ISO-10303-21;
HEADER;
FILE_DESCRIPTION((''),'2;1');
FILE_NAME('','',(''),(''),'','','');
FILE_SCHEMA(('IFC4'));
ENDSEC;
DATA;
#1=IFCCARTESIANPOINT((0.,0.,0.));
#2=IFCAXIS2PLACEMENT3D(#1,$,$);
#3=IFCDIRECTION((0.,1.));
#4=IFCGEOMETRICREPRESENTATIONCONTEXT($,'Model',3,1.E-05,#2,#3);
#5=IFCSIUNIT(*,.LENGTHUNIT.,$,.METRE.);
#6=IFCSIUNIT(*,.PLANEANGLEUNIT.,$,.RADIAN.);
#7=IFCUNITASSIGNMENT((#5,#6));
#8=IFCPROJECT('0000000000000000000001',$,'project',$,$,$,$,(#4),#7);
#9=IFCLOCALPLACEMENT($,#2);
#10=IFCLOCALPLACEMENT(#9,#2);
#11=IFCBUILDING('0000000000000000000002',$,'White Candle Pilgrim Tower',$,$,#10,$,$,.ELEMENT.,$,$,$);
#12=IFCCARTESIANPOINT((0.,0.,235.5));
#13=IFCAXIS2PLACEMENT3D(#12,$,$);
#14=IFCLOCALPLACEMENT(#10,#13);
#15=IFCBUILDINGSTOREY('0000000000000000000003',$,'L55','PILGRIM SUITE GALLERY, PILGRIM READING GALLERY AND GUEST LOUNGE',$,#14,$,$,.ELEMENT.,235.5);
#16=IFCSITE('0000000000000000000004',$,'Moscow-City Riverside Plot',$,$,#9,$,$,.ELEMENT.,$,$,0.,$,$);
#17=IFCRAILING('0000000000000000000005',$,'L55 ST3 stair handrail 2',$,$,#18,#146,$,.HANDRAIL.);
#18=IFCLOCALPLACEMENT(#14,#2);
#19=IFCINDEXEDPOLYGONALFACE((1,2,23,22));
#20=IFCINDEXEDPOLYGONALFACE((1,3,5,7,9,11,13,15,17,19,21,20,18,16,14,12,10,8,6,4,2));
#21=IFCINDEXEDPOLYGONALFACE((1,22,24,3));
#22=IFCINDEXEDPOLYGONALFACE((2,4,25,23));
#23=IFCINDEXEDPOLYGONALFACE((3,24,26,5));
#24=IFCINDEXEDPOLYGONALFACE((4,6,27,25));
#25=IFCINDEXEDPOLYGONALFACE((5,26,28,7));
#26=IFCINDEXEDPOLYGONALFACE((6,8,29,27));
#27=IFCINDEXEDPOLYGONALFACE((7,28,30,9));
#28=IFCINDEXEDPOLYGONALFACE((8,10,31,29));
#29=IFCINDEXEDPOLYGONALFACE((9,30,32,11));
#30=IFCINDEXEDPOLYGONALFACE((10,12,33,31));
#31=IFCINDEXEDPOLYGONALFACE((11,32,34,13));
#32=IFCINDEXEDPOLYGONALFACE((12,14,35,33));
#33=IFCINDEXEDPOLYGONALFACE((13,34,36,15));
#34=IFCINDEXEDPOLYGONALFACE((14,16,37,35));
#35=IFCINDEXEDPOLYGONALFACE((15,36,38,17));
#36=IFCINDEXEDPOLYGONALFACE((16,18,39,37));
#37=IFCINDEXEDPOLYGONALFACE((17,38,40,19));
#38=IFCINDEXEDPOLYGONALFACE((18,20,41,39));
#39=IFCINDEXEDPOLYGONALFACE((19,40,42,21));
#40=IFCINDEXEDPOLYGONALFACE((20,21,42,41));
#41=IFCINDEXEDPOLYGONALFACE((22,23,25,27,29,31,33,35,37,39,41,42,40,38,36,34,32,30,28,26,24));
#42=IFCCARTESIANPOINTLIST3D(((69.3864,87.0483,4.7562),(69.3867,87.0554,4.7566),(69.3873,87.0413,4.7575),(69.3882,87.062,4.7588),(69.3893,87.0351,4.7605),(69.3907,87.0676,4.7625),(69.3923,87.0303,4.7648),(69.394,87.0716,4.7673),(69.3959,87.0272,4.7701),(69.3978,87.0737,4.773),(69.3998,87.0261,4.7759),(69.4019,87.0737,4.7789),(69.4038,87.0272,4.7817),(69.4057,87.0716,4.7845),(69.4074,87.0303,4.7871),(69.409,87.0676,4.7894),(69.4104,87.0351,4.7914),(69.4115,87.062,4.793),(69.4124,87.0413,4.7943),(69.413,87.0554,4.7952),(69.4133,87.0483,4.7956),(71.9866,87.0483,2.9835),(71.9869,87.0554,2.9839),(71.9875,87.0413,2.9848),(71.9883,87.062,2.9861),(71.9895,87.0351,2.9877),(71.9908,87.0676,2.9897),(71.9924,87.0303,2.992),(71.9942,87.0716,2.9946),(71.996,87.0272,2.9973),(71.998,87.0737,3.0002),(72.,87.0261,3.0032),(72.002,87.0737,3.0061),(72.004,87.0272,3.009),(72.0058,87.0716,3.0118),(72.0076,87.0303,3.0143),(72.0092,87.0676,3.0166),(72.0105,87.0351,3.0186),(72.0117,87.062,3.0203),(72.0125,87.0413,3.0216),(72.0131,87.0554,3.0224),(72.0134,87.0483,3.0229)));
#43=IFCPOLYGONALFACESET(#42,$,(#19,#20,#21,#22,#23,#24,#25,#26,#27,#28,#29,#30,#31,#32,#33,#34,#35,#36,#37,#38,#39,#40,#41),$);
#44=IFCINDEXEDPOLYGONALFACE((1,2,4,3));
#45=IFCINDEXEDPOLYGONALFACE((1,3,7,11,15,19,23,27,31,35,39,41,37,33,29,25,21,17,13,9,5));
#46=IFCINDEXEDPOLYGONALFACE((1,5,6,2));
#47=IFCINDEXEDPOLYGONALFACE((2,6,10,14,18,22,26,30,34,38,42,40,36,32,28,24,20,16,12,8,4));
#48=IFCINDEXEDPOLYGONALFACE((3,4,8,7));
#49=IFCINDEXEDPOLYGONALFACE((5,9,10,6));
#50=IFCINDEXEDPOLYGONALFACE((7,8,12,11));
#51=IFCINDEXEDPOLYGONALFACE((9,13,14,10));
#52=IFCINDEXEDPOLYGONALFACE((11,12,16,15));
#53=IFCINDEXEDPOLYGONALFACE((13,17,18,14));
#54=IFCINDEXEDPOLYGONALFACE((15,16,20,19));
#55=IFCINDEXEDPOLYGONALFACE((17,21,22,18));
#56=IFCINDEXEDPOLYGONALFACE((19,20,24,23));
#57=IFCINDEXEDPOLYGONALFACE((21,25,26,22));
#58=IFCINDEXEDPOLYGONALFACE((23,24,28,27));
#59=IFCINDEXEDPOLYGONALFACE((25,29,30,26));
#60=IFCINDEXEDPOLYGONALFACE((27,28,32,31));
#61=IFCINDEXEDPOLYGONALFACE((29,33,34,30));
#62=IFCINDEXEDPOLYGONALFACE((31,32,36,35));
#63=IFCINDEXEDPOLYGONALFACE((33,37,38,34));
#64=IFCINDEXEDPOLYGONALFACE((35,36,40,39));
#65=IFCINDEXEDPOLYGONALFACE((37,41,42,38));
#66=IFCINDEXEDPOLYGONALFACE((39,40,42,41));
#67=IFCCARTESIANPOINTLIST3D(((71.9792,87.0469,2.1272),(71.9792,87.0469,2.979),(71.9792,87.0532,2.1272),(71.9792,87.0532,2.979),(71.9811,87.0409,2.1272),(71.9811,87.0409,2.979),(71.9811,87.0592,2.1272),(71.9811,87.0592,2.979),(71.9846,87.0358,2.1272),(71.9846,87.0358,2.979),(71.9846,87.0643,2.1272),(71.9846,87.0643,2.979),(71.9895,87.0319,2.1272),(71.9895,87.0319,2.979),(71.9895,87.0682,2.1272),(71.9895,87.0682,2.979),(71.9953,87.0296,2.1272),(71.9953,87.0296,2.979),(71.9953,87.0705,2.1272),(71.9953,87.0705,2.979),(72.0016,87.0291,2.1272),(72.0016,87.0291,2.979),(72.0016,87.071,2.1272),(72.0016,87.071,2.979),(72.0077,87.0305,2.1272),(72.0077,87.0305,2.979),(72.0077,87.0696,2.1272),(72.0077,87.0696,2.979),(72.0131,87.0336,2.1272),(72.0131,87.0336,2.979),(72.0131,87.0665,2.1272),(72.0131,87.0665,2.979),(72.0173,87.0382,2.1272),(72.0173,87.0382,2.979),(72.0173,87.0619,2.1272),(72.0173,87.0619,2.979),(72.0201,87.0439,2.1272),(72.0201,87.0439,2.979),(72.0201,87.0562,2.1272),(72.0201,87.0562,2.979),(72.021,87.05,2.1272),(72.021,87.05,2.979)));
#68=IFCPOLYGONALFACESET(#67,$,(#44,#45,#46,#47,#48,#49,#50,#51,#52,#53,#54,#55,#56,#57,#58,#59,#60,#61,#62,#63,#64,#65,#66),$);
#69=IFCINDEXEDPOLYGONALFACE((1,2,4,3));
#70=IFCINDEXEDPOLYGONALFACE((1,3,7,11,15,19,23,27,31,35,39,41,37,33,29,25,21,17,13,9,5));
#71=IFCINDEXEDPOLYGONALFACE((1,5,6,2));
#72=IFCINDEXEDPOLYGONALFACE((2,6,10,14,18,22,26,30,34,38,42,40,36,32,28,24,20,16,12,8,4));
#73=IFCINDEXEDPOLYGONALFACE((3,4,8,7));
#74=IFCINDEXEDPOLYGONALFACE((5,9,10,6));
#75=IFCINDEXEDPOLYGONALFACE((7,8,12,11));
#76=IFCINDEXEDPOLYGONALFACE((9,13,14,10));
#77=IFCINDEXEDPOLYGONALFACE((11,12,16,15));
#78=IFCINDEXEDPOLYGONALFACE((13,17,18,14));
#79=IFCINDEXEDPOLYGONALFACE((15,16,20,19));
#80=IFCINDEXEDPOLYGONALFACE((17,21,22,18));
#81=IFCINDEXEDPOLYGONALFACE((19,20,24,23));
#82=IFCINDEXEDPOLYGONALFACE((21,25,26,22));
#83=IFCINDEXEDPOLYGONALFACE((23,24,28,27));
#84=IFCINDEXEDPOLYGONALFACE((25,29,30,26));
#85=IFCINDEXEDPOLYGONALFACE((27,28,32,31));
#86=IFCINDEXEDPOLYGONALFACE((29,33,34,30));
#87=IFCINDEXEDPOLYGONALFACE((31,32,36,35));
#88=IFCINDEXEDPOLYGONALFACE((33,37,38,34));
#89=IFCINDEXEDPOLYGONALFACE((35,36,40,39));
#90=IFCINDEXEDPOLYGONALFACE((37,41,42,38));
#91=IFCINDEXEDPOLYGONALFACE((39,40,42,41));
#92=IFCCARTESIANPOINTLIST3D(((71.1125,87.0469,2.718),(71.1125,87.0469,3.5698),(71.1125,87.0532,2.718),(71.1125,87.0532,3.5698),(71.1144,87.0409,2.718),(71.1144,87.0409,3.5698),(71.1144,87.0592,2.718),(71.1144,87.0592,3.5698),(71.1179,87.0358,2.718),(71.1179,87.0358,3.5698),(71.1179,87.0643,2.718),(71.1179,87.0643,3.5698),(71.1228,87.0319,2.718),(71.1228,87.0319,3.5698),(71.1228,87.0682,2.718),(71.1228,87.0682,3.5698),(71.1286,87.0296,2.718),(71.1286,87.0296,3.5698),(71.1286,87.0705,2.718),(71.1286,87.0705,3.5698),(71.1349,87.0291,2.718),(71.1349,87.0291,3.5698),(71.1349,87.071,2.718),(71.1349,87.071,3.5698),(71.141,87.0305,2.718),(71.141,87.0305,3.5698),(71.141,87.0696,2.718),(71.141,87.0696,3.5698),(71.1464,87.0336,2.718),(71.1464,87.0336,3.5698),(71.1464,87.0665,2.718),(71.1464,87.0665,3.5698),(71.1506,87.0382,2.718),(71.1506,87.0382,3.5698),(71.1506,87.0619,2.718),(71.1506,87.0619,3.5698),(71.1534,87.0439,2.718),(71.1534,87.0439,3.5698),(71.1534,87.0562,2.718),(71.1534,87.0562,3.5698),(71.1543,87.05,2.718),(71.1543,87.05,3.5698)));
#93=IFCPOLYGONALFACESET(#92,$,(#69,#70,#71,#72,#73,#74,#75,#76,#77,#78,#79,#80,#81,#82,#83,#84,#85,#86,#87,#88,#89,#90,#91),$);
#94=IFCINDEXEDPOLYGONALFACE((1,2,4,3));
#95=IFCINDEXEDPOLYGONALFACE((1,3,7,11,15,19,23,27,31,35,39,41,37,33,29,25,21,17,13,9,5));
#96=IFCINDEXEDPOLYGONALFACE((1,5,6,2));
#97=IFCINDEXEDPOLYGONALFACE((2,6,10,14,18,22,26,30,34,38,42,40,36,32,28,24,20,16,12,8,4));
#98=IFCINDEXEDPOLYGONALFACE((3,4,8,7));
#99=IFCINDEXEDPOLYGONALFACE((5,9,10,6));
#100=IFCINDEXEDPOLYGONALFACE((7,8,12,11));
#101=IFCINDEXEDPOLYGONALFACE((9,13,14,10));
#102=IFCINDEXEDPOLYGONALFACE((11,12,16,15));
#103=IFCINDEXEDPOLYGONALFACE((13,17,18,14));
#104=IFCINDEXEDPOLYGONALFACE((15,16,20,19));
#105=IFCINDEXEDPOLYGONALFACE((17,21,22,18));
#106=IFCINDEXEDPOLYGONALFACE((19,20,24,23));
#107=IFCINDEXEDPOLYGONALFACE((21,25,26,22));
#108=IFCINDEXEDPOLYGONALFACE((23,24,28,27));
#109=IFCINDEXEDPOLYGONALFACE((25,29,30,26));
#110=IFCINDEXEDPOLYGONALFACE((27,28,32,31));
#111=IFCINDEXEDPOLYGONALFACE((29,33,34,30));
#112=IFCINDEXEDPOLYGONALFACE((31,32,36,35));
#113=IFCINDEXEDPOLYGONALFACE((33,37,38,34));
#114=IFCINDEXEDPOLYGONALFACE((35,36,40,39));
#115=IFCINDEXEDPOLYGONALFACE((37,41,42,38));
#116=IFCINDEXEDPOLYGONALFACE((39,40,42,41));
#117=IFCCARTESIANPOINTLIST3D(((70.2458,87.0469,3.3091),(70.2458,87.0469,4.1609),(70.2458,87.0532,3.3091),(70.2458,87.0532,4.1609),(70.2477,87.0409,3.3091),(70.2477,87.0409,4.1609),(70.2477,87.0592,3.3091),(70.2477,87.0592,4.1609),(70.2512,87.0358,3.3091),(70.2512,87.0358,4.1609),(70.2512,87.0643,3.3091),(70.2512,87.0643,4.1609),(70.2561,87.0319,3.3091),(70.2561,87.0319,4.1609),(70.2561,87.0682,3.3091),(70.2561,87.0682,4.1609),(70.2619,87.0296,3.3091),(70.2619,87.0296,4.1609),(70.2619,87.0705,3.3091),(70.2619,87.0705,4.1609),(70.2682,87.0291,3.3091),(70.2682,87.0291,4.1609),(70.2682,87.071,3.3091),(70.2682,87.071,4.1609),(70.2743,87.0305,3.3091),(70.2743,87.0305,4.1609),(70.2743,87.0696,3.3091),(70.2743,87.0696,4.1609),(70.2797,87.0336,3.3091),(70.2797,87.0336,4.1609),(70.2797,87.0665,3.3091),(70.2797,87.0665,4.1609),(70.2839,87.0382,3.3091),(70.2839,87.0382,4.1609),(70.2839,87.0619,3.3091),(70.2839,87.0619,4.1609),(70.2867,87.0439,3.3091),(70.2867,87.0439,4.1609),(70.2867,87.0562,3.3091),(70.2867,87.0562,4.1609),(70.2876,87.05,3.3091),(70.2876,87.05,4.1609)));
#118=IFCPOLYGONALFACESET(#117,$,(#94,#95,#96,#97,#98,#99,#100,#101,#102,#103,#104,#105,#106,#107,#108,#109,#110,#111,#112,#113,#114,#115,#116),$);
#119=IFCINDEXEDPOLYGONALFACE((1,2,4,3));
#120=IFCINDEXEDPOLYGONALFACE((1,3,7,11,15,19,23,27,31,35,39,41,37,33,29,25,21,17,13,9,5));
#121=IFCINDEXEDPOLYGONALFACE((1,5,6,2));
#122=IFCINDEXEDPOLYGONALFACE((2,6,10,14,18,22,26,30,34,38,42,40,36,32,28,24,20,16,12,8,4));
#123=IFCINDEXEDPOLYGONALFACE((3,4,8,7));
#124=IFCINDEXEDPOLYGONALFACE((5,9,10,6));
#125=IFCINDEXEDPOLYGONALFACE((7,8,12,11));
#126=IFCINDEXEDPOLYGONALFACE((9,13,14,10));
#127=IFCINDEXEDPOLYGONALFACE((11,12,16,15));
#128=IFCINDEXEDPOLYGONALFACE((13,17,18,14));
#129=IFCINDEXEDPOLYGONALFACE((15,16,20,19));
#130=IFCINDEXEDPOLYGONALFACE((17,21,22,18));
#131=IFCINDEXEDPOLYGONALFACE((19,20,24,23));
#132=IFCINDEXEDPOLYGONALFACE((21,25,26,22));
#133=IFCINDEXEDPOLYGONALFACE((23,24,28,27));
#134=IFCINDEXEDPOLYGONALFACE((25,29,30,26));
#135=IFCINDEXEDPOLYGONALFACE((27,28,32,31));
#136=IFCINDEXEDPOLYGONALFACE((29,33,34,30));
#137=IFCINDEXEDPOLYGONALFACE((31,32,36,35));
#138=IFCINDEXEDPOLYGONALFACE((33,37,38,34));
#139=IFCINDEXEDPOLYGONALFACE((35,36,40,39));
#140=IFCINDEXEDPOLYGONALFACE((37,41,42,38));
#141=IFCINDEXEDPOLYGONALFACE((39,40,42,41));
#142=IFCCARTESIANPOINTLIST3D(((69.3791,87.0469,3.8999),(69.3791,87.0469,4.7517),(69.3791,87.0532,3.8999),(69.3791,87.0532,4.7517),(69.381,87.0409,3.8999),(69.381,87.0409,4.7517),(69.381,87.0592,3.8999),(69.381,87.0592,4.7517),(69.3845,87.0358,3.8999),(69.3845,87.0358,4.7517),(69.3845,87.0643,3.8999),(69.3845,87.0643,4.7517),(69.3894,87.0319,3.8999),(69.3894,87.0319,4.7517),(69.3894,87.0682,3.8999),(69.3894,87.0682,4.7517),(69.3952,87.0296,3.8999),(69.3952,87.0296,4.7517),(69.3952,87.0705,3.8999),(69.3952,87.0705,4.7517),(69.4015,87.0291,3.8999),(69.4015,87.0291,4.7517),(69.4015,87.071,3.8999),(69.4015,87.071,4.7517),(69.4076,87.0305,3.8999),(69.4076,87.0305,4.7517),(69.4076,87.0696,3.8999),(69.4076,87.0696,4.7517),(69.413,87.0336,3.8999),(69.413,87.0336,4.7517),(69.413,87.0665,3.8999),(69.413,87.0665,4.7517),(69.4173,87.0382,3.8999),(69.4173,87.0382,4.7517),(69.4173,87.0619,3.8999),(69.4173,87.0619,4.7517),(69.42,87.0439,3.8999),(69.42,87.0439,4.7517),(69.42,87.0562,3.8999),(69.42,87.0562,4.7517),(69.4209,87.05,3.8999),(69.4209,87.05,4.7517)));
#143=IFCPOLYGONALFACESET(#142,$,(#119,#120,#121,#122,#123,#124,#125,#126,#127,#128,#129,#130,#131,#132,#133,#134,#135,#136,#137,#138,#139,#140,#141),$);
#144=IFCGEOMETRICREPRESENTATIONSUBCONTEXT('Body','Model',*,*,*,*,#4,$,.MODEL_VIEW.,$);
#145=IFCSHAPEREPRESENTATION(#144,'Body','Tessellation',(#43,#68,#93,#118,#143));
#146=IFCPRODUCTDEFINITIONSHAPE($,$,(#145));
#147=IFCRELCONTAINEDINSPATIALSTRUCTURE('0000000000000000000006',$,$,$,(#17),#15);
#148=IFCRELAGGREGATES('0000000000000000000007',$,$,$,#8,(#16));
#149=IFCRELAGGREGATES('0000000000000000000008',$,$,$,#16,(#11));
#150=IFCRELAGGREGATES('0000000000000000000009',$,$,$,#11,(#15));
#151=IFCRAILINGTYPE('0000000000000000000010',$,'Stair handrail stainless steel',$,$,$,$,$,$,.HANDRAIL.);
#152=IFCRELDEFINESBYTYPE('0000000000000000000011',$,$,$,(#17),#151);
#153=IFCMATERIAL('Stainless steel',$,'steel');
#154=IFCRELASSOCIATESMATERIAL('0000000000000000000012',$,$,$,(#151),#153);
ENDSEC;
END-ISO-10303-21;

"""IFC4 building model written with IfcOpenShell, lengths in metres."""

from ifc_helpers import new_model, si_unit, direction, frame, origin, origin_2d, place, context, subcontext, project, spatial, circle, extrude, material, type_object, element, save


model = new_model("IFC4")

# Units and contexts
model_context = context("Model", 3, precision=1e-05, world=origin(), true_north=direction((0.0, 1.0)))
body_context = subcontext(model_context, "Body", "Model", "MODEL_VIEW")
ifc_project = project(units=[si_unit("LENGTHUNIT", "METRE"), si_unit("PLANEANGLEUNIT", "RADIAN")], contexts=[model_context])

# Site, building, storey
site_placement = place(None, origin())
site = spatial("IfcSite", under=ifc_project, at=site_placement, Name="Moscow-City Riverside Plot", CompositionType="ELEMENT", RefElevation=0.0)
building_placement = place(site_placement, origin())
building = spatial("IfcBuilding", under=site, at=building_placement, Name="White Candle Pilgrim Tower", CompositionType="ELEMENT")
storey_placement = place(building_placement, frame((0.0, 0.0, 235.5)))
storey = spatial("IfcBuildingStorey", under=building, at=storey_placement, Name="L55", Description="PILGRIM SUITE GALLERY, PILGRIM READING GALLERY AND GUEST LOUNGE", CompositionType="ELEMENT", Elevation=235.5)

# Shared definitions
ifc_material_1 = material(Name="Stainless steel", Category="steel")

# Railing
railing_type_1 = type_object("IfcRailingType", Name="Stair handrail stainless steel", PredefinedType="HANDRAIL", material=ifc_material_1)
railing_1_placement = place(storey_placement, frame((72.0, 87.05, 2.1272)))
element("IfcRailing", 1, at=railing_1_placement, inside=storey, type_object=railing_type_1, Name="L55 ST3 stair handrail 2", PredefinedType="HANDRAIL", context=body_context, shape_type="SweptSolid", body=[
    extrude(circle(Radius=0.0239, at=origin_2d()), frame((0.0, 0.0, 0.876), z_axis=(-0.82624, 0.0, 0.563318), x_axis=(0.0, -1.0, 0.0)), (0.0, 0.0, 1.0), 3.147),
    extrude(circle(Radius=0.021, at=origin_2d()), origin(), (0.0, 0.0, 1.0), 0.8518),
    extrude(circle(Radius=0.021, at=origin_2d()), frame((-0.8667, 0.0, 0.5908)), (0.0, 0.0, 1.0), 0.8518),
    extrude(circle(Radius=0.021, at=origin_2d()), frame((-1.7334, 0.0, 1.1819)), (0.0, 0.0, 1.0), 0.8518),
    extrude(circle(Radius=0.021, at=origin_2d()), frame((-2.6001, 0.0, 1.7727)), (0.0, 0.0, 1.0), 0.8518),
])

save(model, "model.ifc")
